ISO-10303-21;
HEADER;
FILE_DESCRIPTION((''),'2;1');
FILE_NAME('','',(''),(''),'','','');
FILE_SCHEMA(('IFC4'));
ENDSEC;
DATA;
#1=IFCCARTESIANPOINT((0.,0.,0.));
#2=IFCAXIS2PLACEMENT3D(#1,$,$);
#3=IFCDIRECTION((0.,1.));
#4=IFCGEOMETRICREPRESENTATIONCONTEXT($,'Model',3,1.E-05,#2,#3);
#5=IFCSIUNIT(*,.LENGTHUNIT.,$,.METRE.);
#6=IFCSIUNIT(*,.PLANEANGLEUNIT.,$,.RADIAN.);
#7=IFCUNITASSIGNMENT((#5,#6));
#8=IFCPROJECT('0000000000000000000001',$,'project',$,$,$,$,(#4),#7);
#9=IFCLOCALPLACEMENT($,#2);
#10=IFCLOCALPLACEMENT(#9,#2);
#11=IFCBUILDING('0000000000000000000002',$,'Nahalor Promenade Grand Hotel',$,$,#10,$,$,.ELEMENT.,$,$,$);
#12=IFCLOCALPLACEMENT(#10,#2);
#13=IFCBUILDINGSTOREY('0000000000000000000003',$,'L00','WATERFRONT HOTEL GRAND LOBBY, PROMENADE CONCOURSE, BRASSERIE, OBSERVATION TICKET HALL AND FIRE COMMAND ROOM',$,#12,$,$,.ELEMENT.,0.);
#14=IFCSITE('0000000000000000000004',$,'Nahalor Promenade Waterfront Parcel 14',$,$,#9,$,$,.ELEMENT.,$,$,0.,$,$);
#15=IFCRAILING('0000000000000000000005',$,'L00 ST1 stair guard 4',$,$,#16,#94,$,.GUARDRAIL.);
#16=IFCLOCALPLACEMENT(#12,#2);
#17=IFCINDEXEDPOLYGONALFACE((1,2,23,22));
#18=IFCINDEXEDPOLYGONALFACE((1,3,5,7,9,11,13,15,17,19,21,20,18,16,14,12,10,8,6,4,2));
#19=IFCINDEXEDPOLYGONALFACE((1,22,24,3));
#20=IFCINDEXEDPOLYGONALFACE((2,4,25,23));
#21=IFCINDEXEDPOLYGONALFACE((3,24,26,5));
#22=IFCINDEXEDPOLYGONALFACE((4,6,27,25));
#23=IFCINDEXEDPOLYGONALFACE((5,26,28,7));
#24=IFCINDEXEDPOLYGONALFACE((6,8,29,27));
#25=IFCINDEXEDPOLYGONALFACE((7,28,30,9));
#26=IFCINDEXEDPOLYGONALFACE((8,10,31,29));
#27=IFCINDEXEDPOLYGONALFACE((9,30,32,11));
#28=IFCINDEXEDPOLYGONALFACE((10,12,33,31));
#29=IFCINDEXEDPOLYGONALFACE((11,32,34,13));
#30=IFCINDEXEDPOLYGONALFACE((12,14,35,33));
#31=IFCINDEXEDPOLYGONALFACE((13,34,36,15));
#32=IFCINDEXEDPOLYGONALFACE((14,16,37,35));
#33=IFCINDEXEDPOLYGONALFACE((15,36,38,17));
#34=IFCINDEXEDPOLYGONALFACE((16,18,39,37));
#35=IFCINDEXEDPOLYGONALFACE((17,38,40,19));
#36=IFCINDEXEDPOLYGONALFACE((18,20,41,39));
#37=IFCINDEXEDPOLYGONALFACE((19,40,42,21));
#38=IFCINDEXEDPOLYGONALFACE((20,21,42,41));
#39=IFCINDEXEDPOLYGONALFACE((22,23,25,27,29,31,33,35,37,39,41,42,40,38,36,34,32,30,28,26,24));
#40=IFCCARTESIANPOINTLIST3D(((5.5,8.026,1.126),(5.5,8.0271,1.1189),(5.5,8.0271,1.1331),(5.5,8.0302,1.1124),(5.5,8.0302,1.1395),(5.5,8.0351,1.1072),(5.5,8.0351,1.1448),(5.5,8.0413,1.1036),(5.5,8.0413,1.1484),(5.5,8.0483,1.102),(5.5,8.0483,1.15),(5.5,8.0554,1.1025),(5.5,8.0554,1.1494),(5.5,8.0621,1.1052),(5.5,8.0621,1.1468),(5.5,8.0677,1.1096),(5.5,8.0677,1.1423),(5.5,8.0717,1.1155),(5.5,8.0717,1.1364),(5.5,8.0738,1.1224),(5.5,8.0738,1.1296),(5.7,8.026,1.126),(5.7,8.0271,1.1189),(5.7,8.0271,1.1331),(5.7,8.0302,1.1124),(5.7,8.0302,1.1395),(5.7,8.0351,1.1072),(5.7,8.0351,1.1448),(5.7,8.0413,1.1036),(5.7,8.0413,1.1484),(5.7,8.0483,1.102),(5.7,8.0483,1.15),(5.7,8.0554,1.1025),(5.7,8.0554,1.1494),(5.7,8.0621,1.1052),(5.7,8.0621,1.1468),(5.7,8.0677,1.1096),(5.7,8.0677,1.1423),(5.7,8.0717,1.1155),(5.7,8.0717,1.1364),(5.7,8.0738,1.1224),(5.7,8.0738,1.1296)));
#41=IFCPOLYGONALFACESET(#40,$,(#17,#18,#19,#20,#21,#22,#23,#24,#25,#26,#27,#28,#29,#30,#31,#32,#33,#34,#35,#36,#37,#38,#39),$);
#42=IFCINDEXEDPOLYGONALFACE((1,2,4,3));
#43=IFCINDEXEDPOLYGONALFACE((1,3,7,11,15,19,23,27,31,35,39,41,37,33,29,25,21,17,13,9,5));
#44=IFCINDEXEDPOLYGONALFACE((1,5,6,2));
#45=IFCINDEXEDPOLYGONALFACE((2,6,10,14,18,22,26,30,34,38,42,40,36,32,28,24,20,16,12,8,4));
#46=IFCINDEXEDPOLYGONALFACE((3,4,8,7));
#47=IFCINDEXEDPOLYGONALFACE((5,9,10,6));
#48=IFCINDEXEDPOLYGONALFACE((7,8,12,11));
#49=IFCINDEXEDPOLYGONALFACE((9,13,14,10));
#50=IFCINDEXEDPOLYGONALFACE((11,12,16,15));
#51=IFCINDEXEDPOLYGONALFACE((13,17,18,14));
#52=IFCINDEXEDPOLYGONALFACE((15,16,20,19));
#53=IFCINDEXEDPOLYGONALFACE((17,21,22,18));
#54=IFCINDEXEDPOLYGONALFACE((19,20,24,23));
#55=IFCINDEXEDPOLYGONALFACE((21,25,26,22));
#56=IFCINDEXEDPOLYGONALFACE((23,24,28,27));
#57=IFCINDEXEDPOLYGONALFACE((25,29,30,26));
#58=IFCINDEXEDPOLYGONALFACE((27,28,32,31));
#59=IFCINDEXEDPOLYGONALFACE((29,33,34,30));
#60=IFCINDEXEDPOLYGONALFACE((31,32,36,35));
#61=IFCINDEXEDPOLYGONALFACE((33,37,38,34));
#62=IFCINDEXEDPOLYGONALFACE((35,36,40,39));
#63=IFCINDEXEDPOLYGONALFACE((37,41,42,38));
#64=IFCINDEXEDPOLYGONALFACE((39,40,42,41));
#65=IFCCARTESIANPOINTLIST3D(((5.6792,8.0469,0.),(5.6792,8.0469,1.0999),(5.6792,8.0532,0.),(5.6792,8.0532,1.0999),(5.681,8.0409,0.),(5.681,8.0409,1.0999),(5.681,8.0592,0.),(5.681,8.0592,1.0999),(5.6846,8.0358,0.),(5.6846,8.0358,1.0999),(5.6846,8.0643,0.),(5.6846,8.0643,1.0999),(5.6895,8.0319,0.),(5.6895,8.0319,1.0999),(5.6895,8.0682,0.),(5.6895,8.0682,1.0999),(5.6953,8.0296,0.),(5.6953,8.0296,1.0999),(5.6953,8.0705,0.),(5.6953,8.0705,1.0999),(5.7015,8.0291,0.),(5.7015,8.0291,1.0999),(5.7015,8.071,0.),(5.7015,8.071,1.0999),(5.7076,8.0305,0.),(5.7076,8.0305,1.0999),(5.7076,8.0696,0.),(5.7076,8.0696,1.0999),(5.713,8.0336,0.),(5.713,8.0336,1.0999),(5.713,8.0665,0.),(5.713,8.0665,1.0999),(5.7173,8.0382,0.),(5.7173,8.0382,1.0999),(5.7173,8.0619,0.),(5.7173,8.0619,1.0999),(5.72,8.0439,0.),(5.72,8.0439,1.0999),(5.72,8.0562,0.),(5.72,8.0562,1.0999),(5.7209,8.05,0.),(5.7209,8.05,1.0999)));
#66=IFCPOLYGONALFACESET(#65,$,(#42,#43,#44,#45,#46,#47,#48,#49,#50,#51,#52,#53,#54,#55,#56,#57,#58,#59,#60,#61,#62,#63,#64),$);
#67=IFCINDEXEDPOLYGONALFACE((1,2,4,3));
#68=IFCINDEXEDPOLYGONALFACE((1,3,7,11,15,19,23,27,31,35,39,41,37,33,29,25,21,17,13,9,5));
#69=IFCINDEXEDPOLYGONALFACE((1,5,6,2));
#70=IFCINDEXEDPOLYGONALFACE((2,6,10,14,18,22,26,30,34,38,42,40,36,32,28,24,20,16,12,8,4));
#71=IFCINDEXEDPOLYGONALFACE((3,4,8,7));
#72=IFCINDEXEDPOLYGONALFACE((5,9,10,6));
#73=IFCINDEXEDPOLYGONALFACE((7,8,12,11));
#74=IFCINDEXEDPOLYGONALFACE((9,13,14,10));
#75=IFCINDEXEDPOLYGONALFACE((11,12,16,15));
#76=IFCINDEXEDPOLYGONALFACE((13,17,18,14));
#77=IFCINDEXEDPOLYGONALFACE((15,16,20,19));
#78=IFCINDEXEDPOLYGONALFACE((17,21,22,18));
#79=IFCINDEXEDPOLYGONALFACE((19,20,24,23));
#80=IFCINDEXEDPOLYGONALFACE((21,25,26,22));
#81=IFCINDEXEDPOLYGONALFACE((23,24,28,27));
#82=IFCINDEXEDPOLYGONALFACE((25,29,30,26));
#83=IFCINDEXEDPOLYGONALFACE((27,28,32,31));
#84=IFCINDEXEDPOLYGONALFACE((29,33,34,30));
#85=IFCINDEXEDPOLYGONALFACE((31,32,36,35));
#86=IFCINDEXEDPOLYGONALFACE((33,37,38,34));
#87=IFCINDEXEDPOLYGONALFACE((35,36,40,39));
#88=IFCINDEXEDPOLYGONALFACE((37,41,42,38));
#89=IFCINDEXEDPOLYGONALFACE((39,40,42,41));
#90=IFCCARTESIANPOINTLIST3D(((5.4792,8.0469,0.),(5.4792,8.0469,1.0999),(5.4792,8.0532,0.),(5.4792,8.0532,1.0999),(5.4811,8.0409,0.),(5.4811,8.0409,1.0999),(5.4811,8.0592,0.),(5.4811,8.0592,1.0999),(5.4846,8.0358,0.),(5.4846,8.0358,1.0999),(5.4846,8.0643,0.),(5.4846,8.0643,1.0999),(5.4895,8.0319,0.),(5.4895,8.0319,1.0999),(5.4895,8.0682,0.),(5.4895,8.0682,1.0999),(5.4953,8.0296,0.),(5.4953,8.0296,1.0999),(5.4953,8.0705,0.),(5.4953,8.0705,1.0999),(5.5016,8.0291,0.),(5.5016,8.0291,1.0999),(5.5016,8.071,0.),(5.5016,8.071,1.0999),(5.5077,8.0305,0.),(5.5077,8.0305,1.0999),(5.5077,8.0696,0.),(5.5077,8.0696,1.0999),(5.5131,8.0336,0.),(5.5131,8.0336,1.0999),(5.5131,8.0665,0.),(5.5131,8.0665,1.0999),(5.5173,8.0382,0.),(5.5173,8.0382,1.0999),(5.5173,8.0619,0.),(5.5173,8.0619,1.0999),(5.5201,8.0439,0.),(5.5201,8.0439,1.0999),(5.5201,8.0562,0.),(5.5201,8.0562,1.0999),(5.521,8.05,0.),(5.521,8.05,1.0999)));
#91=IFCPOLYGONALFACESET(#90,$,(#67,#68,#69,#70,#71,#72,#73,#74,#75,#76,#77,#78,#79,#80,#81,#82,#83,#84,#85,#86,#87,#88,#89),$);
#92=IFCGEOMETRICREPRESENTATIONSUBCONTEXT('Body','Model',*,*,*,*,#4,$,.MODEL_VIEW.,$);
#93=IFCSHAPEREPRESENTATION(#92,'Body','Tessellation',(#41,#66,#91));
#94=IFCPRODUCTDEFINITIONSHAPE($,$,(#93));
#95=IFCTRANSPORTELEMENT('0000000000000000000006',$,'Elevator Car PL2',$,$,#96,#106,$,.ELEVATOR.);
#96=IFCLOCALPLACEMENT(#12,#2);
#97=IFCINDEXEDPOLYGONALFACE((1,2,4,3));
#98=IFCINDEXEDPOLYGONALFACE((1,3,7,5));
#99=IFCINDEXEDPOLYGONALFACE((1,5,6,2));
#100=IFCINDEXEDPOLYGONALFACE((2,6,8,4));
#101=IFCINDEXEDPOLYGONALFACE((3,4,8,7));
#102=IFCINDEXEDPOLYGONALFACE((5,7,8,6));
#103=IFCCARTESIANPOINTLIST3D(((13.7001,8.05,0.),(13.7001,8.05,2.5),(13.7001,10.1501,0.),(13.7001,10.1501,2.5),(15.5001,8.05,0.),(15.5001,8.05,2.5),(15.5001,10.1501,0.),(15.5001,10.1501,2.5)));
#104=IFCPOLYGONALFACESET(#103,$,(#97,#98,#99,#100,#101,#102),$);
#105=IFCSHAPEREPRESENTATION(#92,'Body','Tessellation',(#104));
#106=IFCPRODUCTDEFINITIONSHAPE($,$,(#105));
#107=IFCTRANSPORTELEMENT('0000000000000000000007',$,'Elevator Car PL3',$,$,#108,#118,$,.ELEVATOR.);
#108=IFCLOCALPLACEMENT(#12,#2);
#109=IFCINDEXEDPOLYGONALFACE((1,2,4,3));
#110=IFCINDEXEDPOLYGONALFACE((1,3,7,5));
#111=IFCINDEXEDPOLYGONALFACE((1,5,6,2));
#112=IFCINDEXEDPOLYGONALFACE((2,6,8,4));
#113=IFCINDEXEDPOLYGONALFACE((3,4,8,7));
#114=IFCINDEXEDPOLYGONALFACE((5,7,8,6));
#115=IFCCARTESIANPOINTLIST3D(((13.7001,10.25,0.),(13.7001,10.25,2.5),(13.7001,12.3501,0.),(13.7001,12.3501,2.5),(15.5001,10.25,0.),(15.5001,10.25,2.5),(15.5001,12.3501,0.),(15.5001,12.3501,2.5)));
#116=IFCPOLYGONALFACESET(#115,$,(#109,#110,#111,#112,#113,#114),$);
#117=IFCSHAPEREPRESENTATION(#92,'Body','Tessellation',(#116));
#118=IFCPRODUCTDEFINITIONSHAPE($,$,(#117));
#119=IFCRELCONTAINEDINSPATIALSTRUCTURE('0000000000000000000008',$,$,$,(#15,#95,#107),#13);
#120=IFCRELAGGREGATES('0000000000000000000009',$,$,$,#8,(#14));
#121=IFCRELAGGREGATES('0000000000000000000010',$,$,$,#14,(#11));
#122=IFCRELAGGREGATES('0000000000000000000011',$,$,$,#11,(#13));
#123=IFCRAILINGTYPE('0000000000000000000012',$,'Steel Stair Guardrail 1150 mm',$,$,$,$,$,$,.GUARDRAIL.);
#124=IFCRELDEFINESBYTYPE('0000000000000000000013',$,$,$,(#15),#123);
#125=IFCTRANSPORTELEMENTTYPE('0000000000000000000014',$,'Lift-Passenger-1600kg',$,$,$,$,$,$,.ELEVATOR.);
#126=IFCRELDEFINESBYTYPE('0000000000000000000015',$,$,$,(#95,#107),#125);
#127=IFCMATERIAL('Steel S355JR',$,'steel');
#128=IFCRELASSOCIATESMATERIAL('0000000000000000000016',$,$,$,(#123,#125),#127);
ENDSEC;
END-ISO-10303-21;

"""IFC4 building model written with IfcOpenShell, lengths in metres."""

from ifc_helpers import new_model, si_unit, direction, frame, origin, origin_2d, place, context, subcontext, project, spatial, rectangle, circle, extrude, source, transform, mapped, material, type_object, element, save


model = new_model("IFC4")

# Units and contexts
model_context = context("Model", 3, precision=1e-05, world=origin(), true_north=direction((0.0, 1.0)))
body_context = subcontext(model_context, "Body", "Model", "MODEL_VIEW")
ifc_project = project(units=[si_unit("LENGTHUNIT", "METRE"), si_unit("PLANEANGLEUNIT", "RADIAN")], contexts=[model_context])

# Site, building, storey
site_placement = place(None, origin())
site = spatial("IfcSite", under=ifc_project, at=site_placement, Name="Nahalor Promenade Waterfront Parcel 14", CompositionType="ELEMENT", RefElevation=0.0)
building_placement = place(site_placement, origin())
building = spatial("IfcBuilding", under=site, at=building_placement, Name="Nahalor Promenade Grand Hotel", CompositionType="ELEMENT")
storey_placement = place(building_placement, origin())
storey = spatial("IfcBuildingStorey", under=building, at=storey_placement, Name="L00", Description="WATERFRONT HOTEL GRAND LOBBY, PROMENADE CONCOURSE, BRASSERIE, OBSERVATION TICKET HALL AND FIRE COMMAND ROOM", CompositionType="ELEMENT", Elevation=0.0)

# Shared definitions
ifc_material_1 = material(Name="Steel S355JR", Category="steel")

# Railing
railing_type_1 = type_object("IfcRailingType", Name="Steel Stair Guardrail 1150 mm", PredefinedType="GUARDRAIL", material=ifc_material_1)
railing_1_placement = place(storey_placement, frame((5.7, 8.05, 0.0)))
element("IfcRailing", 1, at=railing_1_placement, inside=storey, type_object=railing_type_1, Name="L00 ST1 stair guard 4", PredefinedType="GUARDRAIL", context=body_context, shape_type="SweptSolid", body=[
    extrude(circle(Radius=0.024, at=origin_2d()), frame((0.0, 0.0, 1.126), z_axis=(-1.0, 0.0, 0.0), x_axis=(0.0, -1.0, 0.0)), (0.0, 0.0, 1.0), 0.2),
    extrude(circle(Radius=0.021, at=origin_2d()), origin(), (0.0, 0.0, 1.0), 1.0999),
    extrude(circle(Radius=0.021, at=origin_2d()), frame((-0.2, 0.0, 0.0)), (0.0, 0.0, 1.0), 1.0999),
])

# Transport elements
transport_element_type = type_object("IfcTransportElementType", Name="Lift-Passenger-1600kg", PredefinedType="ELEVATOR", material=ifc_material_1)
shared_shape_1 = source(origin(), body_context, "Body", "SweptSolid", [
    extrude(rectangle(XDim=1.8, YDim=2.1001, at=origin_2d()), origin(), (0.0, 0.0, 1.0), 2.5),
])
for number, where, z_axis, x_axis, name in (
    (2, (14.6001, 9.1001, 0.0), (0.0, 0.0, 1.0), (1.0, 0.0, 0.0), "Elevator Car PL2"),
    (3, (14.6001, 11.3, 0.0), (0.0, 0.0, 1.0), (1.0, 0.0, 0.0), "Elevator Car PL3"),
):
    element("IfcTransportElement", number, at=place(storey_placement, frame(where, z_axis=z_axis, x_axis=x_axis)), inside=storey, type_object=transport_element_type, Name=name, PredefinedType="ELEVATOR", context=body_context, shape_type="MappedRepresentation", body=[
        mapped(shared_shape_1, transform((0.0, 0.0, 0.0), scale=1.0)),
    ])

save(model, "model.ifc")
